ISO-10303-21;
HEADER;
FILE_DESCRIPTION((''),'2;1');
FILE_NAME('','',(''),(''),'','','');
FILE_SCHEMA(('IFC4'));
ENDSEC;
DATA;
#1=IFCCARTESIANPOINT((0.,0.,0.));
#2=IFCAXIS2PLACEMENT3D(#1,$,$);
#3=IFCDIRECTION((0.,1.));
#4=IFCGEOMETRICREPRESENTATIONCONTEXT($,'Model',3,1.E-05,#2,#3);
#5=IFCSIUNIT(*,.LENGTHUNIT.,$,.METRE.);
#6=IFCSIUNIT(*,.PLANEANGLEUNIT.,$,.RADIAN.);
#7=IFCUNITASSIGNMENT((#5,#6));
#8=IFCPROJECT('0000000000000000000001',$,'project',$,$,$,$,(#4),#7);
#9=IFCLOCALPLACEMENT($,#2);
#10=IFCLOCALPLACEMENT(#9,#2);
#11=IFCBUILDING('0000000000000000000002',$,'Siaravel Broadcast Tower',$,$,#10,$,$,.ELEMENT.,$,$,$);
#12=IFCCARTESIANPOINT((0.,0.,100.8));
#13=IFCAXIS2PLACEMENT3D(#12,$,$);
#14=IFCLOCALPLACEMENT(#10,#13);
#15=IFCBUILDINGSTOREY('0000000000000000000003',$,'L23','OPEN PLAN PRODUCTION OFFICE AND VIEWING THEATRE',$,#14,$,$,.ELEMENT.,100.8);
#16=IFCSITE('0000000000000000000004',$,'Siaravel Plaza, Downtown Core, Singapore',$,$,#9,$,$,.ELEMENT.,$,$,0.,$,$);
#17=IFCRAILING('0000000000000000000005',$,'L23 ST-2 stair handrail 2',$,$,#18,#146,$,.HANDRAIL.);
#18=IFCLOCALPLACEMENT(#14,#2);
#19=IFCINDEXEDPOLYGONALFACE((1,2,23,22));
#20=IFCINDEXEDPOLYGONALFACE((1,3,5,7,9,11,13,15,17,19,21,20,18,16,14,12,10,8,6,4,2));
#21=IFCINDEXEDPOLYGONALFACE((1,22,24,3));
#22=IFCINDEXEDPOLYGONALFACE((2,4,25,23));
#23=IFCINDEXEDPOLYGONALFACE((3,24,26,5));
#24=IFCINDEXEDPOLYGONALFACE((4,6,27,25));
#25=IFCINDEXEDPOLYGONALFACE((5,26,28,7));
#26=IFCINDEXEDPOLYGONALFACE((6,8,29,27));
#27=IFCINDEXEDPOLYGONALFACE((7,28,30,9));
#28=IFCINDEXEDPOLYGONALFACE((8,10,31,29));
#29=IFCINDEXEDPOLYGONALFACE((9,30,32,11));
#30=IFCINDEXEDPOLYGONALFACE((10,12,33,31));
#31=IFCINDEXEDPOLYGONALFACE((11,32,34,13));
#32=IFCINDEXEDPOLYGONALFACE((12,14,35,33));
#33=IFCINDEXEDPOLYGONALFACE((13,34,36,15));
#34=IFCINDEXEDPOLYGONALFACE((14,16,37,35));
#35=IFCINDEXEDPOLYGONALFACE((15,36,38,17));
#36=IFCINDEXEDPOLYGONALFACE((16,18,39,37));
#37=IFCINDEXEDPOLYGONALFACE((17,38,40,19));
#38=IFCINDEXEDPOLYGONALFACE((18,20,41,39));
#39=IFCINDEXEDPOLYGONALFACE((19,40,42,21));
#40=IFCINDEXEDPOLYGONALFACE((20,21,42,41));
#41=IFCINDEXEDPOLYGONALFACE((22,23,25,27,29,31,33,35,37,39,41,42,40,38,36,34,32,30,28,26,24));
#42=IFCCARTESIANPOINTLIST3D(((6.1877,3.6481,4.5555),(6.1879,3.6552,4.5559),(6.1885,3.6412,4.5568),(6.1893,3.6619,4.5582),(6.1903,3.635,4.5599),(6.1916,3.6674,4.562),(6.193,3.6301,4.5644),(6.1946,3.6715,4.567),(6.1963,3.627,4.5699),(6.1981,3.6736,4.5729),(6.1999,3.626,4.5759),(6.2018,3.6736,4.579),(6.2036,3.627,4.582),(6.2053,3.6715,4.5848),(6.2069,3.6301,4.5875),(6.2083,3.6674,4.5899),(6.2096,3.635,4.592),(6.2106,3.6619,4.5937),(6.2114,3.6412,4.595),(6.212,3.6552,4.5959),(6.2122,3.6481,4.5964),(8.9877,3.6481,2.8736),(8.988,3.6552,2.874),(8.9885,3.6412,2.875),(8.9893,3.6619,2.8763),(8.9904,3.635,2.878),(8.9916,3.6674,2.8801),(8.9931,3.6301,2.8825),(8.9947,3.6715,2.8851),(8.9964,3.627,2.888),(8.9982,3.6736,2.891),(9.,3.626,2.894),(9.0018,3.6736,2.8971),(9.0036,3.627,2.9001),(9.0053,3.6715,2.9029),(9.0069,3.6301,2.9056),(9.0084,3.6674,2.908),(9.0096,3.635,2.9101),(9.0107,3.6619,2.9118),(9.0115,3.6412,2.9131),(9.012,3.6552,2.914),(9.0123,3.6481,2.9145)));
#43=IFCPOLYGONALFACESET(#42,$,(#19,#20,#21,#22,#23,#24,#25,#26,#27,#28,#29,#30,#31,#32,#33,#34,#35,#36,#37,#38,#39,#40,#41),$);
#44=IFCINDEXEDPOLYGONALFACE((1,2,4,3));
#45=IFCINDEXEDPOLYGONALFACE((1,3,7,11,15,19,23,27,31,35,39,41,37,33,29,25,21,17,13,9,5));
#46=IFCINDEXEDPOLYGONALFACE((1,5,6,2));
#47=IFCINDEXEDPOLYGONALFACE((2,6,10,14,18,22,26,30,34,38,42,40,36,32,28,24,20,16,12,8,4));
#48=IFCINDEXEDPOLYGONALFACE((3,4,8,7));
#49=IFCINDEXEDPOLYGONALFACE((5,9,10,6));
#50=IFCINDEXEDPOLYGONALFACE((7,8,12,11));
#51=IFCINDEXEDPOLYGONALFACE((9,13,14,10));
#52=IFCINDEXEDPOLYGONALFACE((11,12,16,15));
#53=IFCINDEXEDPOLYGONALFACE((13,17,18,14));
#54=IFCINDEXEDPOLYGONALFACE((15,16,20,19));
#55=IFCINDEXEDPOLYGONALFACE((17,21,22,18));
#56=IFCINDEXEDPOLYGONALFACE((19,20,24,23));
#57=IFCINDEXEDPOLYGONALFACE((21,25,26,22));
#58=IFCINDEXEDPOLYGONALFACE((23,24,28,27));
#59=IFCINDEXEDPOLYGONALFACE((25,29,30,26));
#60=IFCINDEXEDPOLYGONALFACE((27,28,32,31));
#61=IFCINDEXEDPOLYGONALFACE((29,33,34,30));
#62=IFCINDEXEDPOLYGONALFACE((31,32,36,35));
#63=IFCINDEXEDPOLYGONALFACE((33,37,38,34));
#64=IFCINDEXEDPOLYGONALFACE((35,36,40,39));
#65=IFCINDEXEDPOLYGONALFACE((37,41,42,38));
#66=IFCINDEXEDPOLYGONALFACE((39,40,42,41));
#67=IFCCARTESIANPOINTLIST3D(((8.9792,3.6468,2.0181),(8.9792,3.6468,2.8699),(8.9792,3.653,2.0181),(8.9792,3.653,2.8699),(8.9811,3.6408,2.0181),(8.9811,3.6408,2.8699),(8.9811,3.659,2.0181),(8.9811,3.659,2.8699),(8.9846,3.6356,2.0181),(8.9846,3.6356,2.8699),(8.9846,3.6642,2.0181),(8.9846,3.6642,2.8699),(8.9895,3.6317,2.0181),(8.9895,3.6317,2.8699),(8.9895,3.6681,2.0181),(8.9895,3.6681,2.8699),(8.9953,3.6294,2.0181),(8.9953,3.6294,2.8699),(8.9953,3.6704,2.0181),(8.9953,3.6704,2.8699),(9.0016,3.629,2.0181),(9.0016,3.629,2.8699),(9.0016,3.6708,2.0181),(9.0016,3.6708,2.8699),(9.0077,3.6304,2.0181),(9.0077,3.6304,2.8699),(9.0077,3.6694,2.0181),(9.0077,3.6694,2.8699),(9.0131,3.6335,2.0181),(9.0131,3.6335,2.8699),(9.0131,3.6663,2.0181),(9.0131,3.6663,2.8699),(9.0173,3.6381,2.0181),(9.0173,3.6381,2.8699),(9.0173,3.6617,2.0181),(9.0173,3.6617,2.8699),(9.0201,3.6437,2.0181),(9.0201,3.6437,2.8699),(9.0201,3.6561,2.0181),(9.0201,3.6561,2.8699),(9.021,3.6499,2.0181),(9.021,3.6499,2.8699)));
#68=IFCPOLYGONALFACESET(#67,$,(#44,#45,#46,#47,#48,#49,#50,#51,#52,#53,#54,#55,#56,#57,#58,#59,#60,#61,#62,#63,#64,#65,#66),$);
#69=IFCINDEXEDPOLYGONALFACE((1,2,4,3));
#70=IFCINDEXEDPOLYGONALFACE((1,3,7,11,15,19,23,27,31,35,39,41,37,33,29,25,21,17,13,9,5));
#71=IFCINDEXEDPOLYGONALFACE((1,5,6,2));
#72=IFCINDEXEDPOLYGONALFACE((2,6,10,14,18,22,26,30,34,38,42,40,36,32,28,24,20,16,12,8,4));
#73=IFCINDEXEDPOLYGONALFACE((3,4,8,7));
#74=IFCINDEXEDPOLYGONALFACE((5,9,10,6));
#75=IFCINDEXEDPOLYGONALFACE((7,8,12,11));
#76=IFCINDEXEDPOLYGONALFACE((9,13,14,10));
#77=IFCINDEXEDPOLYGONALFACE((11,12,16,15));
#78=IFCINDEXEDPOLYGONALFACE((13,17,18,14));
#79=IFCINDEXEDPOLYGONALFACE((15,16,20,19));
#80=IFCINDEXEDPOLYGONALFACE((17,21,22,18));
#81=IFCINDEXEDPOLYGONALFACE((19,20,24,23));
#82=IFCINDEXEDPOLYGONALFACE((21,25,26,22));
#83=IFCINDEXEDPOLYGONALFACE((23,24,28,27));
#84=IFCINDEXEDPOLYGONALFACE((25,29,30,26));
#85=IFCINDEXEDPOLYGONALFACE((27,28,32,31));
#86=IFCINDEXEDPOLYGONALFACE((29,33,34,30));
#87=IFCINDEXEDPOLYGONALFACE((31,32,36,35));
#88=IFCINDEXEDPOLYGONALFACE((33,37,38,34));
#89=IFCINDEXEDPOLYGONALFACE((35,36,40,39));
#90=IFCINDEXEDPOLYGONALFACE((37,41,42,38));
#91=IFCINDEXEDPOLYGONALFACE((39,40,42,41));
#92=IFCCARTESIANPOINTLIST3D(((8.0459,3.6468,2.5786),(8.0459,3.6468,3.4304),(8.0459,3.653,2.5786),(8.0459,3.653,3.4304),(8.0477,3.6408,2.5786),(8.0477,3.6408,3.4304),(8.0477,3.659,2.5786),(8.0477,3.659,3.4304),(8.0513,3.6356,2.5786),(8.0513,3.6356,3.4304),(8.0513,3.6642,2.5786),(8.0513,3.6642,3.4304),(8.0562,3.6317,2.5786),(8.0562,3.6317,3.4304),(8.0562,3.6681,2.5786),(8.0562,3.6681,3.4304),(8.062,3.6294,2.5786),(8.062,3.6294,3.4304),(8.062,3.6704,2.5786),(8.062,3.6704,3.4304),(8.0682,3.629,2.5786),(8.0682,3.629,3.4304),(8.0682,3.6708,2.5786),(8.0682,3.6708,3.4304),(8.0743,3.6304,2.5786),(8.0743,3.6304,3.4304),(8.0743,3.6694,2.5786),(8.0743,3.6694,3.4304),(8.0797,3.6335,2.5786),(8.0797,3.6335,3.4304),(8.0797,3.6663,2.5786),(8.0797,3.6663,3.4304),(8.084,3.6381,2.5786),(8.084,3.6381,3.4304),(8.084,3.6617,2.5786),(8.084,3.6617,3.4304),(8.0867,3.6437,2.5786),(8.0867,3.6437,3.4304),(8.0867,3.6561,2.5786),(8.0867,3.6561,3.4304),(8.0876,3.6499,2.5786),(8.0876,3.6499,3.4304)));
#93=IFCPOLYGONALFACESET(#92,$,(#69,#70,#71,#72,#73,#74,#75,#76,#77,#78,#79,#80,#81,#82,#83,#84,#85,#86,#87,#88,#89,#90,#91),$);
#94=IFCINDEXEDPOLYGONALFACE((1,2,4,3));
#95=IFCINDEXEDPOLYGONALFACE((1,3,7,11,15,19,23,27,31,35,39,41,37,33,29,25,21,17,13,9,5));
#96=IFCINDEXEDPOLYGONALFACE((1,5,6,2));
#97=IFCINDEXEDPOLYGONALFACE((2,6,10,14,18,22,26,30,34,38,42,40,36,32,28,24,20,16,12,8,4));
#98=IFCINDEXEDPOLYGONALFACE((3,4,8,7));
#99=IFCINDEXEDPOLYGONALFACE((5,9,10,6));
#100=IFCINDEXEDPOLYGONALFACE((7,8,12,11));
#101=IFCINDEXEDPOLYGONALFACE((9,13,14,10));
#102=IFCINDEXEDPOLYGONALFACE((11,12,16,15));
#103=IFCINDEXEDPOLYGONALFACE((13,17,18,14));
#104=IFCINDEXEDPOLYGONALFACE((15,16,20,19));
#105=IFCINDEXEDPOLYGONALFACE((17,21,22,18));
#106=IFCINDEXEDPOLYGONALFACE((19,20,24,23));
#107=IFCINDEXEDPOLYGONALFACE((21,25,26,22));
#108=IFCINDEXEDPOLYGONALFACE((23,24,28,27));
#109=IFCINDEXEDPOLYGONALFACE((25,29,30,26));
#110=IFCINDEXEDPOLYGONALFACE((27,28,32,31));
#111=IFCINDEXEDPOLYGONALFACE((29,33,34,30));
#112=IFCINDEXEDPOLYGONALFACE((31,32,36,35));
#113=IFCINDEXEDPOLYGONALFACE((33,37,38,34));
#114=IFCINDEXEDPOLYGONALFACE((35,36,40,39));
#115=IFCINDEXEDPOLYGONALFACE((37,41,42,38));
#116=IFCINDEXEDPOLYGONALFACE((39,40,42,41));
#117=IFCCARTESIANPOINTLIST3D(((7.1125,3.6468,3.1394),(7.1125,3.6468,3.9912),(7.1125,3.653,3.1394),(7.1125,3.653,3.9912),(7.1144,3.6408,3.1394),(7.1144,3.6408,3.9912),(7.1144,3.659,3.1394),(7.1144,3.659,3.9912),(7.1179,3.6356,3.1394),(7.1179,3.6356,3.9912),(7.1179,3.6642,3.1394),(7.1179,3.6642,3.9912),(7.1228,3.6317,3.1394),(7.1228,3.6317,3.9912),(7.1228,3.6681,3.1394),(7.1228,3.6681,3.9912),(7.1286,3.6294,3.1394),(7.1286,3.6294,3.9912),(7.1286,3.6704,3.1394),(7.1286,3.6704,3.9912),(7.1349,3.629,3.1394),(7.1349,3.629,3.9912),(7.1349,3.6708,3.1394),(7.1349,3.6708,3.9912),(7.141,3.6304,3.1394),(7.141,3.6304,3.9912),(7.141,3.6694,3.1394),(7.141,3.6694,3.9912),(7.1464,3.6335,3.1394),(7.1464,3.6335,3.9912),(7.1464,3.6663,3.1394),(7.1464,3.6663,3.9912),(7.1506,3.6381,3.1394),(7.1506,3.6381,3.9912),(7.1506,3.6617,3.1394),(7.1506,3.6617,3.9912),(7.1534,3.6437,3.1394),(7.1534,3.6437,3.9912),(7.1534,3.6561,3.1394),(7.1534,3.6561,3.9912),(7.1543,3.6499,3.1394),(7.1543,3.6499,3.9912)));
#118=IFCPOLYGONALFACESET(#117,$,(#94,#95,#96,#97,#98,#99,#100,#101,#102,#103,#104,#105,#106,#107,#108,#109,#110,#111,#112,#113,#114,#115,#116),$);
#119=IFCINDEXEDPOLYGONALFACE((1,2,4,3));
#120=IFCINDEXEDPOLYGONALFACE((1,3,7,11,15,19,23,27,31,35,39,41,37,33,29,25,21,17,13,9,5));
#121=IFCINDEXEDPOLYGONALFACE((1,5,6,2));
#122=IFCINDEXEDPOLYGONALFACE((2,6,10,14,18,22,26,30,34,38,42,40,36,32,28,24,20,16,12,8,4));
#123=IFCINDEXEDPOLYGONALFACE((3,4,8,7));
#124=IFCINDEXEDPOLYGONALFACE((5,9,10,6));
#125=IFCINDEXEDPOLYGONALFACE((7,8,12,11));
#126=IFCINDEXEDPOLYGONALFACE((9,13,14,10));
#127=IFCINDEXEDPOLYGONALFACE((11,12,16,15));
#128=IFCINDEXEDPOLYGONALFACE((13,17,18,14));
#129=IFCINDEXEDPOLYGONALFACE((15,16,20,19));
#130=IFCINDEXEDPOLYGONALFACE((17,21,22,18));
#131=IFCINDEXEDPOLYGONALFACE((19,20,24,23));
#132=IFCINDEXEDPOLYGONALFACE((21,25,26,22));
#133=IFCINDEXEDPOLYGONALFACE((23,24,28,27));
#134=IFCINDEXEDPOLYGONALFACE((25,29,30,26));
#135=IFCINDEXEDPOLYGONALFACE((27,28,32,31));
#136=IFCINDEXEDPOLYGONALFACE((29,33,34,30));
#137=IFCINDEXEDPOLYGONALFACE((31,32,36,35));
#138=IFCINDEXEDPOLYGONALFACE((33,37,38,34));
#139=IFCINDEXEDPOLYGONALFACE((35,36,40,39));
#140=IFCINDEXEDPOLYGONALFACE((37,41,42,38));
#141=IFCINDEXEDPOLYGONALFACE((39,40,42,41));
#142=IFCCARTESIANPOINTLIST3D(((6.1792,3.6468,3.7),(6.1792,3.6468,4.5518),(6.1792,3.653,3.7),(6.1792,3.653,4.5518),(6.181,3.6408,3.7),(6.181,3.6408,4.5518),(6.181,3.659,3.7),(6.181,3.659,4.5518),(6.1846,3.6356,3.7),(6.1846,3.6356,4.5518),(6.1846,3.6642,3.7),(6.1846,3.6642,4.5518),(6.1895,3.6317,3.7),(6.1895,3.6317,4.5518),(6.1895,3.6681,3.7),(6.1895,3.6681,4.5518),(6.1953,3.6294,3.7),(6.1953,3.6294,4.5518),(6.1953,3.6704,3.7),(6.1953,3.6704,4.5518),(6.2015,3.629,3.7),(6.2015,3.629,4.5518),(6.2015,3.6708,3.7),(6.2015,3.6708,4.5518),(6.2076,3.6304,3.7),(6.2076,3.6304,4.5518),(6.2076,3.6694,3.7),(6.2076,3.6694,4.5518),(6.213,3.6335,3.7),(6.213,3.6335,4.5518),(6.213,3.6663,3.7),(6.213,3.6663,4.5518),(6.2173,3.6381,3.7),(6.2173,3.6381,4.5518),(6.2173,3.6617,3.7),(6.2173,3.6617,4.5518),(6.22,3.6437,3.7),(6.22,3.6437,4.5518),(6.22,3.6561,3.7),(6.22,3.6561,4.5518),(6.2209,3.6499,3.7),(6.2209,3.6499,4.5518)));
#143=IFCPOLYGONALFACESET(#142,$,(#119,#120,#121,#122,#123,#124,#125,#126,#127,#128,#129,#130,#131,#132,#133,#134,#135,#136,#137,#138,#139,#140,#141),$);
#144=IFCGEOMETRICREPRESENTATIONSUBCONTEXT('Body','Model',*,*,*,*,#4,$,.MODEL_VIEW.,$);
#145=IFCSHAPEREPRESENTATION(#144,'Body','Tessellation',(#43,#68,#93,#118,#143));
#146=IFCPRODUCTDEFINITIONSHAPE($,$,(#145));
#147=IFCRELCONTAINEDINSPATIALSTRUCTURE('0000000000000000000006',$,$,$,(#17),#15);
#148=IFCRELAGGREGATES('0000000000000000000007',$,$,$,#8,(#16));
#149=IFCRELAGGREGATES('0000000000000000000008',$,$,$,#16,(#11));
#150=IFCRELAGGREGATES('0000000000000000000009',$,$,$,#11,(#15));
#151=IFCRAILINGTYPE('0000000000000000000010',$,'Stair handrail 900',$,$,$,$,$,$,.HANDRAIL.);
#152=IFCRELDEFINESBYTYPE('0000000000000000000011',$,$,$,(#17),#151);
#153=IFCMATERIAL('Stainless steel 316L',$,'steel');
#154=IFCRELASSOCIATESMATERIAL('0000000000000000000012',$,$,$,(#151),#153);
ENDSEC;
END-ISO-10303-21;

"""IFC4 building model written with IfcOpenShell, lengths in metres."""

from ifc_helpers import new_model, si_unit, direction, frame, origin, origin_2d, place, context, subcontext, project, spatial, circle, extrude, material, type_object, element, save


model = new_model("IFC4")

# Units and contexts
model_context = context("Model", 3, precision=1e-05, world=origin(), true_north=direction((0.0, 1.0)))
body_context = subcontext(model_context, "Body", "Model", "MODEL_VIEW")
ifc_project = project(units=[si_unit("LENGTHUNIT", "METRE"), si_unit("PLANEANGLEUNIT", "RADIAN")], contexts=[model_context])

# Site, building, storey
site_placement = place(None, origin())
site = spatial("IfcSite", under=ifc_project, at=site_placement, Name="Siaravel Plaza, Downtown Core, Singapore", CompositionType="ELEMENT", RefElevation=0.0)
building_placement = place(site_placement, origin())
building = spatial("IfcBuilding", under=site, at=building_placement, Name="Siaravel Broadcast Tower", CompositionType="ELEMENT")
storey_placement = place(building_placement, frame((0.0, 0.0, 100.8)))
storey = spatial("IfcBuildingStorey", under=building, at=storey_placement, Name="L23", Description="OPEN PLAN PRODUCTION OFFICE AND VIEWING THEATRE", CompositionType="ELEMENT", Elevation=100.8)

# Railing
ifc_material_1 = material(Name="Stainless steel 316L", Category="steel")
railing_type_1 = type_object("IfcRailingType", Name="Stair handrail 900", PredefinedType="HANDRAIL", material=ifc_material_1)
railing_1_placement = place(storey_placement, frame((9.0, 3.6499, 2.0181)))
element("IfcRailing", 1, at=railing_1_placement, inside=storey, type_object=railing_type_1, Name="L23 ST-2 stair handrail 2", PredefinedType="HANDRAIL", context=body_context, shape_type="SweptSolid", body=[
    extrude(circle(Radius=0.0239, at=origin_2d()), frame((0.0, 0.0, 0.876), z_axis=(-0.857242, 0.0, 0.514913), x_axis=(0.0, -1.0, 0.0)), (0.0, 0.0, 1.0), 3.2664),
    extrude(circle(Radius=0.021, at=origin_2d()), origin(), (0.0, 0.0, 1.0), 0.8518),
    extrude(circle(Radius=0.021, at=origin_2d()), frame((-0.9333, 0.0, 0.5605)), (0.0, 0.0, 1.0), 0.8518),
    extrude(circle(Radius=0.021, at=origin_2d()), frame((-1.8667, 0.0, 1.1213)), (0.0, 0.0, 1.0), 0.8518),
    extrude(circle(Radius=0.021, at=origin_2d()), frame((-2.8, 0.0, 1.6819)), (0.0, 0.0, 1.0), 0.8518),
])

save(model, "model.ifc")
